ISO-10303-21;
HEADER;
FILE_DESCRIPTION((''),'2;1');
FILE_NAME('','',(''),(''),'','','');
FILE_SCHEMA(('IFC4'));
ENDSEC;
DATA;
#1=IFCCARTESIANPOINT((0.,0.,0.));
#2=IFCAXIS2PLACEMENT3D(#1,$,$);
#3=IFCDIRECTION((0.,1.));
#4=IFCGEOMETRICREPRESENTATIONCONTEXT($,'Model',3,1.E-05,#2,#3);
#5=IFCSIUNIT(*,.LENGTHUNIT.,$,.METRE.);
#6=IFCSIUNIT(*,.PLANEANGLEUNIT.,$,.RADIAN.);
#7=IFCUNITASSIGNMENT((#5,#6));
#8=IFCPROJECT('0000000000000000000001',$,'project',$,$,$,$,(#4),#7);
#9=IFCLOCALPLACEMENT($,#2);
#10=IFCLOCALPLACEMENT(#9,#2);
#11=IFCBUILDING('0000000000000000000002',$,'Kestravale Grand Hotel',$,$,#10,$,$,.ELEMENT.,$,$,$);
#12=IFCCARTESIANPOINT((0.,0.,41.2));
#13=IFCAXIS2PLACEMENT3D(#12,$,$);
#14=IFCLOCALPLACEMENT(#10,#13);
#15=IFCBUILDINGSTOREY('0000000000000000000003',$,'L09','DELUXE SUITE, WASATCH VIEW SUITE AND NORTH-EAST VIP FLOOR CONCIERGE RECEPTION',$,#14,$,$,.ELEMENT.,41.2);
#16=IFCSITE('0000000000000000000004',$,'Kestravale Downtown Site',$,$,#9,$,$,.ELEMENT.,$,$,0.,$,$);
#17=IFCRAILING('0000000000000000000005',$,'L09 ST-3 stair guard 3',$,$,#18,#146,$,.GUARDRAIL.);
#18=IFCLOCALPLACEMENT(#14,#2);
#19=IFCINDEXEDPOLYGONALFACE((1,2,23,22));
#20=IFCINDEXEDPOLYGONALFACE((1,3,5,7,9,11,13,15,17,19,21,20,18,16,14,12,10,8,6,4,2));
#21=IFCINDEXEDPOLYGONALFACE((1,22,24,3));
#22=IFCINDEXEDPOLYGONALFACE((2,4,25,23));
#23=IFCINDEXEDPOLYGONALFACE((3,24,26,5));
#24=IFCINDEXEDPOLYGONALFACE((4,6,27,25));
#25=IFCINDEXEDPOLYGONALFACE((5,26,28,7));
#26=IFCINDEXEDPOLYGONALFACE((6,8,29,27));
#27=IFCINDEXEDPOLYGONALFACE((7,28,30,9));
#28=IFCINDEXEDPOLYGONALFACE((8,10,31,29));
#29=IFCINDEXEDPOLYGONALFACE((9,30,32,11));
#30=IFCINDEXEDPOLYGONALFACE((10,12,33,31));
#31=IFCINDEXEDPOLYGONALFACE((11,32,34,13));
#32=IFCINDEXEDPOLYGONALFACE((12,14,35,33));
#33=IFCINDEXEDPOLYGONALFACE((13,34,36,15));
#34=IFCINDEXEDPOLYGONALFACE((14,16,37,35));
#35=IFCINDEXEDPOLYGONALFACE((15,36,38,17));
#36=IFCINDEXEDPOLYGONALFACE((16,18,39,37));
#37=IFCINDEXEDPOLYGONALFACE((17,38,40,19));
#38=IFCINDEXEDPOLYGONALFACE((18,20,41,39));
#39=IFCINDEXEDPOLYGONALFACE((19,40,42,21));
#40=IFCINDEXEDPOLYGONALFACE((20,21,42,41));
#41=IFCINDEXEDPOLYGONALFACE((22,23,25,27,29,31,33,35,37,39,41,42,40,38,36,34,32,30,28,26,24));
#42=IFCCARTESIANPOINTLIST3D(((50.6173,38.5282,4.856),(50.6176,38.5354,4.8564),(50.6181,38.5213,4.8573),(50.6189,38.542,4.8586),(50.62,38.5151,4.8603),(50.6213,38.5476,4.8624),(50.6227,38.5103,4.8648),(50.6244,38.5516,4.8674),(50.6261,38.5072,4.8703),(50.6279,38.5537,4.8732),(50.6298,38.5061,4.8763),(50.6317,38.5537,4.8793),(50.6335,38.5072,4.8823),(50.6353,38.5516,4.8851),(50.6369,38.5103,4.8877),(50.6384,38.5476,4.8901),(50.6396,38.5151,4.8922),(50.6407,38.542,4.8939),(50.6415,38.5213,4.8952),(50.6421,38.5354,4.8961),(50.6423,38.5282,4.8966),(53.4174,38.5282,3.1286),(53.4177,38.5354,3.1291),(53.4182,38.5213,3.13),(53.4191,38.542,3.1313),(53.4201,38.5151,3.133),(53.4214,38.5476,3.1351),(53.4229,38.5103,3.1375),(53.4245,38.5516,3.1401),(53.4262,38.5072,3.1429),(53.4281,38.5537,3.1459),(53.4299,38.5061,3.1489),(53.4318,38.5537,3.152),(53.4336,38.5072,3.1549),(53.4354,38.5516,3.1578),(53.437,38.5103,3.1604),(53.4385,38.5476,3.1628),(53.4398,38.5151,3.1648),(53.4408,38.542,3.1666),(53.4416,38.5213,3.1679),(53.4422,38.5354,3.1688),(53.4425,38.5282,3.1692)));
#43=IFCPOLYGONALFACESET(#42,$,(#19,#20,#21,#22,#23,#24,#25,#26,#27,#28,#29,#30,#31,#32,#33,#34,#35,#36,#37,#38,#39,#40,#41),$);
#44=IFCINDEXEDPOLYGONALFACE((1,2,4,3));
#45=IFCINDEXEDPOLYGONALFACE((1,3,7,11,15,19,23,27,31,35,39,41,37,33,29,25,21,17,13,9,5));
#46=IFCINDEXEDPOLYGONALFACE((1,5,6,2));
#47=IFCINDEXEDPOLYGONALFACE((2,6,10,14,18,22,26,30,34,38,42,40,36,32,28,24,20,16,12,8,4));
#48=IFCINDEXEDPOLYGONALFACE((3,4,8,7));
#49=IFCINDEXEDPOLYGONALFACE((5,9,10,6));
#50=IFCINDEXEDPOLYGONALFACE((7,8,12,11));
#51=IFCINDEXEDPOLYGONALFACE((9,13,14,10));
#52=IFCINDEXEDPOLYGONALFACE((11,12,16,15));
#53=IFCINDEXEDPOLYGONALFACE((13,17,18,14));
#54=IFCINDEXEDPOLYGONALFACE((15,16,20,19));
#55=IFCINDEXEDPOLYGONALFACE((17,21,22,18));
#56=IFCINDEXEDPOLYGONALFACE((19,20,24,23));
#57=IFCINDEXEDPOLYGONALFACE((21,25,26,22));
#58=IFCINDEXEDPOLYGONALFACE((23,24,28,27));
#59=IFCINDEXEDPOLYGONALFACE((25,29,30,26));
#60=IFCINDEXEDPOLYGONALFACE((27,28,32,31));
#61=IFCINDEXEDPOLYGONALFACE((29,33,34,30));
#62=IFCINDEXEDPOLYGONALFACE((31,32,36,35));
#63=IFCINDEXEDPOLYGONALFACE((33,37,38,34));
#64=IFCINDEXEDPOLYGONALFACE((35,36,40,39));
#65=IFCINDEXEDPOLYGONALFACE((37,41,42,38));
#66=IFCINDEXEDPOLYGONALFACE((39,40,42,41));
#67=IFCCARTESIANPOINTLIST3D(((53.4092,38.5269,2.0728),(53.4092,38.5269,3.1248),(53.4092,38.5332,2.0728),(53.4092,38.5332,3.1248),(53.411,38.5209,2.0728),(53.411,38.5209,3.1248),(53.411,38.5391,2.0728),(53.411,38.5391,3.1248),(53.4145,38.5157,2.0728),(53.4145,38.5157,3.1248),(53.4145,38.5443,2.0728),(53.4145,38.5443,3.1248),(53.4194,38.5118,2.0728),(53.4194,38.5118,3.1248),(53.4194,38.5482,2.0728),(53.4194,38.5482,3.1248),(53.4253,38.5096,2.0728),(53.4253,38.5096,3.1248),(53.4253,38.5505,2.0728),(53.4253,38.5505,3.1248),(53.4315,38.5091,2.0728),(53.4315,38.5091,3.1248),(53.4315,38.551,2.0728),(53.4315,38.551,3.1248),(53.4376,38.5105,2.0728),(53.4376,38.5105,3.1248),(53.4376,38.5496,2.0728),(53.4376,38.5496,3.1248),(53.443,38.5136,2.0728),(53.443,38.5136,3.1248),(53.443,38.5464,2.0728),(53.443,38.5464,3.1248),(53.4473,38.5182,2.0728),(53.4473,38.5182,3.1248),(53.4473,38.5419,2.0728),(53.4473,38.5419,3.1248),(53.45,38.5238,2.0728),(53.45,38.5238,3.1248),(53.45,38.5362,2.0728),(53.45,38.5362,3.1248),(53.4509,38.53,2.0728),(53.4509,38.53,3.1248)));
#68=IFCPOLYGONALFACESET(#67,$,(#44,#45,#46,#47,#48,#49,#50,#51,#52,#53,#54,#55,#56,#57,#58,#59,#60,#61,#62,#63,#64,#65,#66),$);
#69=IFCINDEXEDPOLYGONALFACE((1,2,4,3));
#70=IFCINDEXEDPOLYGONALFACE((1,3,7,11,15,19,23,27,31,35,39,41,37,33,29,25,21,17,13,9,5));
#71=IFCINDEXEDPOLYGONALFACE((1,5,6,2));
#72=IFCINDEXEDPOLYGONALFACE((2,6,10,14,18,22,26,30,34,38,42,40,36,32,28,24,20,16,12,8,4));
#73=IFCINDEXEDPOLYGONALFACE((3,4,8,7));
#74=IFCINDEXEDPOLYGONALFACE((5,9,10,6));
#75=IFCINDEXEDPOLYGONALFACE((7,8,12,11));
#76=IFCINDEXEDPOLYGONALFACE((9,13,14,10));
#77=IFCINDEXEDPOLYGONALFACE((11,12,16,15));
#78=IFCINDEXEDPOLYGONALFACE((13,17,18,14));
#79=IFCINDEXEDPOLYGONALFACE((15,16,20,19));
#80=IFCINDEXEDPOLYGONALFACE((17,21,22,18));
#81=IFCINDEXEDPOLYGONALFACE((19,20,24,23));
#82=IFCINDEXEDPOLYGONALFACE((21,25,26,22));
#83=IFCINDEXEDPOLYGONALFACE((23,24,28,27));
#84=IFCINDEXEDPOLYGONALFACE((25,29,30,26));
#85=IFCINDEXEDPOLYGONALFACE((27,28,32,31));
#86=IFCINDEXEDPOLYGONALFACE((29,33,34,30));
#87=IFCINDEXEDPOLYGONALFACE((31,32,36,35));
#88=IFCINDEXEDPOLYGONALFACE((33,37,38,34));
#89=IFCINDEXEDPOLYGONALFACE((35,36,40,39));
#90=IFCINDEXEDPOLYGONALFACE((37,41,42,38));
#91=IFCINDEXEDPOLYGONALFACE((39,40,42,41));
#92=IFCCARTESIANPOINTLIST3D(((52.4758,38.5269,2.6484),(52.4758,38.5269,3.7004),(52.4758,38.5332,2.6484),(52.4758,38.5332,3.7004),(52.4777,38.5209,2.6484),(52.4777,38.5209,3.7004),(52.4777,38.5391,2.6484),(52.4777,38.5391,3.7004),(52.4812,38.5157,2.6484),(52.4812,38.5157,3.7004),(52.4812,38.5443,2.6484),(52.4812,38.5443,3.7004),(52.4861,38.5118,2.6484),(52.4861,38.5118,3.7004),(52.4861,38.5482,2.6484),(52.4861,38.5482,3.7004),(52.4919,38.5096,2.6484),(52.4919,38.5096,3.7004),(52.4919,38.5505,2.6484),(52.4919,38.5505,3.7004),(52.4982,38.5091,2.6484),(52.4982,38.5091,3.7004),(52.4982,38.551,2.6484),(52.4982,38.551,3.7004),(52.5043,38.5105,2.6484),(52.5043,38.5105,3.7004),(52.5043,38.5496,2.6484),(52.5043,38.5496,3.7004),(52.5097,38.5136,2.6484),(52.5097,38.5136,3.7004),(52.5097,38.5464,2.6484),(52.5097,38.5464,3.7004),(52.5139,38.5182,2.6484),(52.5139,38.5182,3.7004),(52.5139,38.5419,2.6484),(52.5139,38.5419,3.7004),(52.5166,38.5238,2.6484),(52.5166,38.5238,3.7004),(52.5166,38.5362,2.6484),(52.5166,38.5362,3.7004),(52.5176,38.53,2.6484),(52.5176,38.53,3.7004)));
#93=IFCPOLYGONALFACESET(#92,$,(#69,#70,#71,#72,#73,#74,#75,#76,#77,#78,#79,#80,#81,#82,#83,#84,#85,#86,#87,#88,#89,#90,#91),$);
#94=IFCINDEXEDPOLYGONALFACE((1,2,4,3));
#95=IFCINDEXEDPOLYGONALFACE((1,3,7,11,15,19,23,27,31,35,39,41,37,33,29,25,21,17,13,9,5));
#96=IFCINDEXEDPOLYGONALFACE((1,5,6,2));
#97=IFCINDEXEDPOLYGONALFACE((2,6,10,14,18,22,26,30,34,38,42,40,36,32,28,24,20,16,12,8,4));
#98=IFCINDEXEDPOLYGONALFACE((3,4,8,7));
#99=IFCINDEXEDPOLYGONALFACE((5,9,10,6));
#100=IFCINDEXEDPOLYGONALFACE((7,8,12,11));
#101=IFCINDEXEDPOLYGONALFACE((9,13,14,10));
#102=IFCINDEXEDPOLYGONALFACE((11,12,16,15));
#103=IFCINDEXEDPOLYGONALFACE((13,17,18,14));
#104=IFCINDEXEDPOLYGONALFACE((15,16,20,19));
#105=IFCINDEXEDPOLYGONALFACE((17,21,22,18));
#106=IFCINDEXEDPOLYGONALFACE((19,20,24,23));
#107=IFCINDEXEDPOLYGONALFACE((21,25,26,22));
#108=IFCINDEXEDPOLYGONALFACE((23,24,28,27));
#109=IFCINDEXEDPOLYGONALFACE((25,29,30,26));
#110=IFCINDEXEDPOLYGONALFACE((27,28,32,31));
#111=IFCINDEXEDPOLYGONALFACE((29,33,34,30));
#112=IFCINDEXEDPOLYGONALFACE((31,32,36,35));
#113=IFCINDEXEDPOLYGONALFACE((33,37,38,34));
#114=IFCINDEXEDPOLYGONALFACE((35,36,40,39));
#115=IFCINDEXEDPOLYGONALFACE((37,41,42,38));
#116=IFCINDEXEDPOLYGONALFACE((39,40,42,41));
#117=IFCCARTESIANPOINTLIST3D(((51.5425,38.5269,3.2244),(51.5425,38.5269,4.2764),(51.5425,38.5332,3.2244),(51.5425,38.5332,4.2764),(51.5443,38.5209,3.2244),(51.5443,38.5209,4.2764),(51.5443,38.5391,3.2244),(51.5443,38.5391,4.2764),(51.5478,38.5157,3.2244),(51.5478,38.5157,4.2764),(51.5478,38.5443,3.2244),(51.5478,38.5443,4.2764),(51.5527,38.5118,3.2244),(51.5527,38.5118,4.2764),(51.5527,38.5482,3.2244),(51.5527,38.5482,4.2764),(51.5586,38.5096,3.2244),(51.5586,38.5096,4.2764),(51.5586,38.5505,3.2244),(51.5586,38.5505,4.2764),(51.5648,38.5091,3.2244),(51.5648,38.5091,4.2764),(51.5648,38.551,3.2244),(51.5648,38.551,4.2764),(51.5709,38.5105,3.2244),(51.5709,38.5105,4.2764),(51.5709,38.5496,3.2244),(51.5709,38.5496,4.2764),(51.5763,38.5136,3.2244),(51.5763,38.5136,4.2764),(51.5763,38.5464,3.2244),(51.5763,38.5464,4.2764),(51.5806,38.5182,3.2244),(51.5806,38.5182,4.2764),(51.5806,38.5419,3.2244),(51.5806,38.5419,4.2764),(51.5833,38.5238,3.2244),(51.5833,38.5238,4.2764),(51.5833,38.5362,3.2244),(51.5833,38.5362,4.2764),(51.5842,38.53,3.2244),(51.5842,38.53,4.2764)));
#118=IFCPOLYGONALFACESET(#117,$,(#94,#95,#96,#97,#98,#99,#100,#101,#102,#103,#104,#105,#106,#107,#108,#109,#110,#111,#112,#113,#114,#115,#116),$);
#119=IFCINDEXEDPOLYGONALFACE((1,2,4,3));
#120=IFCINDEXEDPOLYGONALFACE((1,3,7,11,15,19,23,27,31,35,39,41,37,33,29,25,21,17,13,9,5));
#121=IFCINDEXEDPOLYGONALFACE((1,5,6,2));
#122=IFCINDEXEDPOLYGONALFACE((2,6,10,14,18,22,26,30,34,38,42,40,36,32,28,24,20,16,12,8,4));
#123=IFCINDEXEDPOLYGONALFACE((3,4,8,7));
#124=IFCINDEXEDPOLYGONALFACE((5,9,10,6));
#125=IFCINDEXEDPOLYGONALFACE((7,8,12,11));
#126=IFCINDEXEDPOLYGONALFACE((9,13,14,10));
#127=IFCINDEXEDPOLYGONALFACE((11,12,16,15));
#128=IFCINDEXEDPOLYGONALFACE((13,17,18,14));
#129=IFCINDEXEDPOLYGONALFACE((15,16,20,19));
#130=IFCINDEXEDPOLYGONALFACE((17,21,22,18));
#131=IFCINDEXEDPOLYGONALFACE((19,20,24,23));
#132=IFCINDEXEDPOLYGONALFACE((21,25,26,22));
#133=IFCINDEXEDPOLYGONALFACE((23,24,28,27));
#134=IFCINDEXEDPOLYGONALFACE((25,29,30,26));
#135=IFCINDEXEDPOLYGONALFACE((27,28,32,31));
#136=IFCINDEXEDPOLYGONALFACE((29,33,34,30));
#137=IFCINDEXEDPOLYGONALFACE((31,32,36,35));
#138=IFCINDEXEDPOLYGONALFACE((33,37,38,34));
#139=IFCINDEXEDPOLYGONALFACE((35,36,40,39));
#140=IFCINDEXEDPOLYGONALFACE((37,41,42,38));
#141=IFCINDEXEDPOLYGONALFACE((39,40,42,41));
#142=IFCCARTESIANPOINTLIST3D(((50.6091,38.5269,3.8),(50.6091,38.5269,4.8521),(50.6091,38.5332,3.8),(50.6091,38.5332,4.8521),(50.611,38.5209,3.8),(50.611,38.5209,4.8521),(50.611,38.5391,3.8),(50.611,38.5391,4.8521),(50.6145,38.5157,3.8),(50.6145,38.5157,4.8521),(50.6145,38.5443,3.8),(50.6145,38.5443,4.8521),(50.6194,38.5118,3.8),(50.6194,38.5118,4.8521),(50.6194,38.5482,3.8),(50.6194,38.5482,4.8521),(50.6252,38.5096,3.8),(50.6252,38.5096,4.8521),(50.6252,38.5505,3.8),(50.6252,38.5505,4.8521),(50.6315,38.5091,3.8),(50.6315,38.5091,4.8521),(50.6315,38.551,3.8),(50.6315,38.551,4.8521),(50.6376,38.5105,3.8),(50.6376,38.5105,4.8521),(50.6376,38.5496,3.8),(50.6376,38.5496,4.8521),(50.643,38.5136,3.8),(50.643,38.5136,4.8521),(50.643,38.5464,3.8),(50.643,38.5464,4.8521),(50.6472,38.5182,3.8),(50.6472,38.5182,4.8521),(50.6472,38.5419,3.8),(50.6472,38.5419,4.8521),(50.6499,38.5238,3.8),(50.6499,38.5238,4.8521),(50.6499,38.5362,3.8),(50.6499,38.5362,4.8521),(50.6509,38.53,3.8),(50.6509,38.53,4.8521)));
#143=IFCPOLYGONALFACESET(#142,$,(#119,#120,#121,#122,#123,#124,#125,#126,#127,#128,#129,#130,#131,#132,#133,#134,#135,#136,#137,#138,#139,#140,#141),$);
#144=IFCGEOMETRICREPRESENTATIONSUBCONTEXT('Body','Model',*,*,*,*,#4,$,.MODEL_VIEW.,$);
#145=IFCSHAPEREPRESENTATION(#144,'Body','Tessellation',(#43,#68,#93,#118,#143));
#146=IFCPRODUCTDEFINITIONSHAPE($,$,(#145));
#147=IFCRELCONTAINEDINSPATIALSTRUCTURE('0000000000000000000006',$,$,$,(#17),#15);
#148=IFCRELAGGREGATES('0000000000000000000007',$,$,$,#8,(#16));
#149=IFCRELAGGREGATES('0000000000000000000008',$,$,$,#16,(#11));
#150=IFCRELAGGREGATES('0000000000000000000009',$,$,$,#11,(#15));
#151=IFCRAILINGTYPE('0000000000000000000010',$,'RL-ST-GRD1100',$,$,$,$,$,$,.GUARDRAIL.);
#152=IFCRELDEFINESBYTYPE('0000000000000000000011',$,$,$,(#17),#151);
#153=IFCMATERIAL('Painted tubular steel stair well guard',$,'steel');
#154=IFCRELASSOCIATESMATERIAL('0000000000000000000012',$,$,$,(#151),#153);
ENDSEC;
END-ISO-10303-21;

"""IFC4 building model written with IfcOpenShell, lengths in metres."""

from ifc_helpers import new_model, si_unit, direction, frame, origin, origin_2d, place, context, subcontext, project, spatial, circle, extrude, material, type_object, element, save


model = new_model("IFC4")

# Units and contexts
model_context = context("Model", 3, precision=1e-05, world=origin(), true_north=direction((0.0, 1.0)))
body_context = subcontext(model_context, "Body", "Model", "MODEL_VIEW")
ifc_project = project(units=[si_unit("LENGTHUNIT", "METRE"), si_unit("PLANEANGLEUNIT", "RADIAN")], contexts=[model_context])

# Site, building, storey
site_placement = place(None, origin())
site = spatial("IfcSite", under=ifc_project, at=site_placement, Name="Kestravale Downtown Site", CompositionType="ELEMENT", RefElevation=0.0)
building_placement = place(site_placement, origin())
building = spatial("IfcBuilding", under=site, at=building_placement, Name="Kestravale Grand Hotel", CompositionType="ELEMENT")
storey_placement = place(building_placement, frame((0.0, 0.0, 41.2)))
storey = spatial("IfcBuildingStorey", under=building, at=storey_placement, Name="L09", Description="DELUXE SUITE, WASATCH VIEW SUITE AND NORTH-EAST VIP FLOOR CONCIERGE RECEPTION", CompositionType="ELEMENT", Elevation=41.2)

# Railing
ifc_material_1 = material(Name="Painted tubular steel stair well guard", Category="steel")
railing_type_1 = type_object("IfcRailingType", Name="RL-ST-GRD1100", PredefinedType="GUARDRAIL", material=ifc_material_1)
railing_1_placement = place(storey_placement, frame((53.4299, 38.53, 2.0728)))
element("IfcRailing", 1, at=railing_1_placement, inside=storey, type_object=railing_type_1, Name="L09 ST-3 stair guard 3", PredefinedType="GUARDRAIL", context=body_context, shape_type="SweptSolid", body=[
    extrude(circle(Radius=0.0239, at=origin_2d()), frame((0.0, 0.0, 1.0762), z_axis=(-0.85109, 0.0, 0.52502), x_axis=(0.0, -1.0, 0.0)), (0.0, 0.0, 1.0), 3.29),
    extrude(circle(Radius=0.021, at=origin_2d()), origin(), (0.0, 0.0, 1.0), 1.052),
    extrude(circle(Radius=0.021, at=origin_2d()), frame((-0.9333, 0.0, 0.5757)), (0.0, 0.0, 1.0), 1.052),
    extrude(circle(Radius=0.021, at=origin_2d()), frame((-1.8667, 0.0, 1.1516)), (0.0, 0.0, 1.0), 1.052),
    extrude(circle(Radius=0.021, at=origin_2d()), frame((-2.8, 0.0, 1.7273)), (0.0, 0.0, 1.0), 1.052),
])

save(model, "model.ifc")
